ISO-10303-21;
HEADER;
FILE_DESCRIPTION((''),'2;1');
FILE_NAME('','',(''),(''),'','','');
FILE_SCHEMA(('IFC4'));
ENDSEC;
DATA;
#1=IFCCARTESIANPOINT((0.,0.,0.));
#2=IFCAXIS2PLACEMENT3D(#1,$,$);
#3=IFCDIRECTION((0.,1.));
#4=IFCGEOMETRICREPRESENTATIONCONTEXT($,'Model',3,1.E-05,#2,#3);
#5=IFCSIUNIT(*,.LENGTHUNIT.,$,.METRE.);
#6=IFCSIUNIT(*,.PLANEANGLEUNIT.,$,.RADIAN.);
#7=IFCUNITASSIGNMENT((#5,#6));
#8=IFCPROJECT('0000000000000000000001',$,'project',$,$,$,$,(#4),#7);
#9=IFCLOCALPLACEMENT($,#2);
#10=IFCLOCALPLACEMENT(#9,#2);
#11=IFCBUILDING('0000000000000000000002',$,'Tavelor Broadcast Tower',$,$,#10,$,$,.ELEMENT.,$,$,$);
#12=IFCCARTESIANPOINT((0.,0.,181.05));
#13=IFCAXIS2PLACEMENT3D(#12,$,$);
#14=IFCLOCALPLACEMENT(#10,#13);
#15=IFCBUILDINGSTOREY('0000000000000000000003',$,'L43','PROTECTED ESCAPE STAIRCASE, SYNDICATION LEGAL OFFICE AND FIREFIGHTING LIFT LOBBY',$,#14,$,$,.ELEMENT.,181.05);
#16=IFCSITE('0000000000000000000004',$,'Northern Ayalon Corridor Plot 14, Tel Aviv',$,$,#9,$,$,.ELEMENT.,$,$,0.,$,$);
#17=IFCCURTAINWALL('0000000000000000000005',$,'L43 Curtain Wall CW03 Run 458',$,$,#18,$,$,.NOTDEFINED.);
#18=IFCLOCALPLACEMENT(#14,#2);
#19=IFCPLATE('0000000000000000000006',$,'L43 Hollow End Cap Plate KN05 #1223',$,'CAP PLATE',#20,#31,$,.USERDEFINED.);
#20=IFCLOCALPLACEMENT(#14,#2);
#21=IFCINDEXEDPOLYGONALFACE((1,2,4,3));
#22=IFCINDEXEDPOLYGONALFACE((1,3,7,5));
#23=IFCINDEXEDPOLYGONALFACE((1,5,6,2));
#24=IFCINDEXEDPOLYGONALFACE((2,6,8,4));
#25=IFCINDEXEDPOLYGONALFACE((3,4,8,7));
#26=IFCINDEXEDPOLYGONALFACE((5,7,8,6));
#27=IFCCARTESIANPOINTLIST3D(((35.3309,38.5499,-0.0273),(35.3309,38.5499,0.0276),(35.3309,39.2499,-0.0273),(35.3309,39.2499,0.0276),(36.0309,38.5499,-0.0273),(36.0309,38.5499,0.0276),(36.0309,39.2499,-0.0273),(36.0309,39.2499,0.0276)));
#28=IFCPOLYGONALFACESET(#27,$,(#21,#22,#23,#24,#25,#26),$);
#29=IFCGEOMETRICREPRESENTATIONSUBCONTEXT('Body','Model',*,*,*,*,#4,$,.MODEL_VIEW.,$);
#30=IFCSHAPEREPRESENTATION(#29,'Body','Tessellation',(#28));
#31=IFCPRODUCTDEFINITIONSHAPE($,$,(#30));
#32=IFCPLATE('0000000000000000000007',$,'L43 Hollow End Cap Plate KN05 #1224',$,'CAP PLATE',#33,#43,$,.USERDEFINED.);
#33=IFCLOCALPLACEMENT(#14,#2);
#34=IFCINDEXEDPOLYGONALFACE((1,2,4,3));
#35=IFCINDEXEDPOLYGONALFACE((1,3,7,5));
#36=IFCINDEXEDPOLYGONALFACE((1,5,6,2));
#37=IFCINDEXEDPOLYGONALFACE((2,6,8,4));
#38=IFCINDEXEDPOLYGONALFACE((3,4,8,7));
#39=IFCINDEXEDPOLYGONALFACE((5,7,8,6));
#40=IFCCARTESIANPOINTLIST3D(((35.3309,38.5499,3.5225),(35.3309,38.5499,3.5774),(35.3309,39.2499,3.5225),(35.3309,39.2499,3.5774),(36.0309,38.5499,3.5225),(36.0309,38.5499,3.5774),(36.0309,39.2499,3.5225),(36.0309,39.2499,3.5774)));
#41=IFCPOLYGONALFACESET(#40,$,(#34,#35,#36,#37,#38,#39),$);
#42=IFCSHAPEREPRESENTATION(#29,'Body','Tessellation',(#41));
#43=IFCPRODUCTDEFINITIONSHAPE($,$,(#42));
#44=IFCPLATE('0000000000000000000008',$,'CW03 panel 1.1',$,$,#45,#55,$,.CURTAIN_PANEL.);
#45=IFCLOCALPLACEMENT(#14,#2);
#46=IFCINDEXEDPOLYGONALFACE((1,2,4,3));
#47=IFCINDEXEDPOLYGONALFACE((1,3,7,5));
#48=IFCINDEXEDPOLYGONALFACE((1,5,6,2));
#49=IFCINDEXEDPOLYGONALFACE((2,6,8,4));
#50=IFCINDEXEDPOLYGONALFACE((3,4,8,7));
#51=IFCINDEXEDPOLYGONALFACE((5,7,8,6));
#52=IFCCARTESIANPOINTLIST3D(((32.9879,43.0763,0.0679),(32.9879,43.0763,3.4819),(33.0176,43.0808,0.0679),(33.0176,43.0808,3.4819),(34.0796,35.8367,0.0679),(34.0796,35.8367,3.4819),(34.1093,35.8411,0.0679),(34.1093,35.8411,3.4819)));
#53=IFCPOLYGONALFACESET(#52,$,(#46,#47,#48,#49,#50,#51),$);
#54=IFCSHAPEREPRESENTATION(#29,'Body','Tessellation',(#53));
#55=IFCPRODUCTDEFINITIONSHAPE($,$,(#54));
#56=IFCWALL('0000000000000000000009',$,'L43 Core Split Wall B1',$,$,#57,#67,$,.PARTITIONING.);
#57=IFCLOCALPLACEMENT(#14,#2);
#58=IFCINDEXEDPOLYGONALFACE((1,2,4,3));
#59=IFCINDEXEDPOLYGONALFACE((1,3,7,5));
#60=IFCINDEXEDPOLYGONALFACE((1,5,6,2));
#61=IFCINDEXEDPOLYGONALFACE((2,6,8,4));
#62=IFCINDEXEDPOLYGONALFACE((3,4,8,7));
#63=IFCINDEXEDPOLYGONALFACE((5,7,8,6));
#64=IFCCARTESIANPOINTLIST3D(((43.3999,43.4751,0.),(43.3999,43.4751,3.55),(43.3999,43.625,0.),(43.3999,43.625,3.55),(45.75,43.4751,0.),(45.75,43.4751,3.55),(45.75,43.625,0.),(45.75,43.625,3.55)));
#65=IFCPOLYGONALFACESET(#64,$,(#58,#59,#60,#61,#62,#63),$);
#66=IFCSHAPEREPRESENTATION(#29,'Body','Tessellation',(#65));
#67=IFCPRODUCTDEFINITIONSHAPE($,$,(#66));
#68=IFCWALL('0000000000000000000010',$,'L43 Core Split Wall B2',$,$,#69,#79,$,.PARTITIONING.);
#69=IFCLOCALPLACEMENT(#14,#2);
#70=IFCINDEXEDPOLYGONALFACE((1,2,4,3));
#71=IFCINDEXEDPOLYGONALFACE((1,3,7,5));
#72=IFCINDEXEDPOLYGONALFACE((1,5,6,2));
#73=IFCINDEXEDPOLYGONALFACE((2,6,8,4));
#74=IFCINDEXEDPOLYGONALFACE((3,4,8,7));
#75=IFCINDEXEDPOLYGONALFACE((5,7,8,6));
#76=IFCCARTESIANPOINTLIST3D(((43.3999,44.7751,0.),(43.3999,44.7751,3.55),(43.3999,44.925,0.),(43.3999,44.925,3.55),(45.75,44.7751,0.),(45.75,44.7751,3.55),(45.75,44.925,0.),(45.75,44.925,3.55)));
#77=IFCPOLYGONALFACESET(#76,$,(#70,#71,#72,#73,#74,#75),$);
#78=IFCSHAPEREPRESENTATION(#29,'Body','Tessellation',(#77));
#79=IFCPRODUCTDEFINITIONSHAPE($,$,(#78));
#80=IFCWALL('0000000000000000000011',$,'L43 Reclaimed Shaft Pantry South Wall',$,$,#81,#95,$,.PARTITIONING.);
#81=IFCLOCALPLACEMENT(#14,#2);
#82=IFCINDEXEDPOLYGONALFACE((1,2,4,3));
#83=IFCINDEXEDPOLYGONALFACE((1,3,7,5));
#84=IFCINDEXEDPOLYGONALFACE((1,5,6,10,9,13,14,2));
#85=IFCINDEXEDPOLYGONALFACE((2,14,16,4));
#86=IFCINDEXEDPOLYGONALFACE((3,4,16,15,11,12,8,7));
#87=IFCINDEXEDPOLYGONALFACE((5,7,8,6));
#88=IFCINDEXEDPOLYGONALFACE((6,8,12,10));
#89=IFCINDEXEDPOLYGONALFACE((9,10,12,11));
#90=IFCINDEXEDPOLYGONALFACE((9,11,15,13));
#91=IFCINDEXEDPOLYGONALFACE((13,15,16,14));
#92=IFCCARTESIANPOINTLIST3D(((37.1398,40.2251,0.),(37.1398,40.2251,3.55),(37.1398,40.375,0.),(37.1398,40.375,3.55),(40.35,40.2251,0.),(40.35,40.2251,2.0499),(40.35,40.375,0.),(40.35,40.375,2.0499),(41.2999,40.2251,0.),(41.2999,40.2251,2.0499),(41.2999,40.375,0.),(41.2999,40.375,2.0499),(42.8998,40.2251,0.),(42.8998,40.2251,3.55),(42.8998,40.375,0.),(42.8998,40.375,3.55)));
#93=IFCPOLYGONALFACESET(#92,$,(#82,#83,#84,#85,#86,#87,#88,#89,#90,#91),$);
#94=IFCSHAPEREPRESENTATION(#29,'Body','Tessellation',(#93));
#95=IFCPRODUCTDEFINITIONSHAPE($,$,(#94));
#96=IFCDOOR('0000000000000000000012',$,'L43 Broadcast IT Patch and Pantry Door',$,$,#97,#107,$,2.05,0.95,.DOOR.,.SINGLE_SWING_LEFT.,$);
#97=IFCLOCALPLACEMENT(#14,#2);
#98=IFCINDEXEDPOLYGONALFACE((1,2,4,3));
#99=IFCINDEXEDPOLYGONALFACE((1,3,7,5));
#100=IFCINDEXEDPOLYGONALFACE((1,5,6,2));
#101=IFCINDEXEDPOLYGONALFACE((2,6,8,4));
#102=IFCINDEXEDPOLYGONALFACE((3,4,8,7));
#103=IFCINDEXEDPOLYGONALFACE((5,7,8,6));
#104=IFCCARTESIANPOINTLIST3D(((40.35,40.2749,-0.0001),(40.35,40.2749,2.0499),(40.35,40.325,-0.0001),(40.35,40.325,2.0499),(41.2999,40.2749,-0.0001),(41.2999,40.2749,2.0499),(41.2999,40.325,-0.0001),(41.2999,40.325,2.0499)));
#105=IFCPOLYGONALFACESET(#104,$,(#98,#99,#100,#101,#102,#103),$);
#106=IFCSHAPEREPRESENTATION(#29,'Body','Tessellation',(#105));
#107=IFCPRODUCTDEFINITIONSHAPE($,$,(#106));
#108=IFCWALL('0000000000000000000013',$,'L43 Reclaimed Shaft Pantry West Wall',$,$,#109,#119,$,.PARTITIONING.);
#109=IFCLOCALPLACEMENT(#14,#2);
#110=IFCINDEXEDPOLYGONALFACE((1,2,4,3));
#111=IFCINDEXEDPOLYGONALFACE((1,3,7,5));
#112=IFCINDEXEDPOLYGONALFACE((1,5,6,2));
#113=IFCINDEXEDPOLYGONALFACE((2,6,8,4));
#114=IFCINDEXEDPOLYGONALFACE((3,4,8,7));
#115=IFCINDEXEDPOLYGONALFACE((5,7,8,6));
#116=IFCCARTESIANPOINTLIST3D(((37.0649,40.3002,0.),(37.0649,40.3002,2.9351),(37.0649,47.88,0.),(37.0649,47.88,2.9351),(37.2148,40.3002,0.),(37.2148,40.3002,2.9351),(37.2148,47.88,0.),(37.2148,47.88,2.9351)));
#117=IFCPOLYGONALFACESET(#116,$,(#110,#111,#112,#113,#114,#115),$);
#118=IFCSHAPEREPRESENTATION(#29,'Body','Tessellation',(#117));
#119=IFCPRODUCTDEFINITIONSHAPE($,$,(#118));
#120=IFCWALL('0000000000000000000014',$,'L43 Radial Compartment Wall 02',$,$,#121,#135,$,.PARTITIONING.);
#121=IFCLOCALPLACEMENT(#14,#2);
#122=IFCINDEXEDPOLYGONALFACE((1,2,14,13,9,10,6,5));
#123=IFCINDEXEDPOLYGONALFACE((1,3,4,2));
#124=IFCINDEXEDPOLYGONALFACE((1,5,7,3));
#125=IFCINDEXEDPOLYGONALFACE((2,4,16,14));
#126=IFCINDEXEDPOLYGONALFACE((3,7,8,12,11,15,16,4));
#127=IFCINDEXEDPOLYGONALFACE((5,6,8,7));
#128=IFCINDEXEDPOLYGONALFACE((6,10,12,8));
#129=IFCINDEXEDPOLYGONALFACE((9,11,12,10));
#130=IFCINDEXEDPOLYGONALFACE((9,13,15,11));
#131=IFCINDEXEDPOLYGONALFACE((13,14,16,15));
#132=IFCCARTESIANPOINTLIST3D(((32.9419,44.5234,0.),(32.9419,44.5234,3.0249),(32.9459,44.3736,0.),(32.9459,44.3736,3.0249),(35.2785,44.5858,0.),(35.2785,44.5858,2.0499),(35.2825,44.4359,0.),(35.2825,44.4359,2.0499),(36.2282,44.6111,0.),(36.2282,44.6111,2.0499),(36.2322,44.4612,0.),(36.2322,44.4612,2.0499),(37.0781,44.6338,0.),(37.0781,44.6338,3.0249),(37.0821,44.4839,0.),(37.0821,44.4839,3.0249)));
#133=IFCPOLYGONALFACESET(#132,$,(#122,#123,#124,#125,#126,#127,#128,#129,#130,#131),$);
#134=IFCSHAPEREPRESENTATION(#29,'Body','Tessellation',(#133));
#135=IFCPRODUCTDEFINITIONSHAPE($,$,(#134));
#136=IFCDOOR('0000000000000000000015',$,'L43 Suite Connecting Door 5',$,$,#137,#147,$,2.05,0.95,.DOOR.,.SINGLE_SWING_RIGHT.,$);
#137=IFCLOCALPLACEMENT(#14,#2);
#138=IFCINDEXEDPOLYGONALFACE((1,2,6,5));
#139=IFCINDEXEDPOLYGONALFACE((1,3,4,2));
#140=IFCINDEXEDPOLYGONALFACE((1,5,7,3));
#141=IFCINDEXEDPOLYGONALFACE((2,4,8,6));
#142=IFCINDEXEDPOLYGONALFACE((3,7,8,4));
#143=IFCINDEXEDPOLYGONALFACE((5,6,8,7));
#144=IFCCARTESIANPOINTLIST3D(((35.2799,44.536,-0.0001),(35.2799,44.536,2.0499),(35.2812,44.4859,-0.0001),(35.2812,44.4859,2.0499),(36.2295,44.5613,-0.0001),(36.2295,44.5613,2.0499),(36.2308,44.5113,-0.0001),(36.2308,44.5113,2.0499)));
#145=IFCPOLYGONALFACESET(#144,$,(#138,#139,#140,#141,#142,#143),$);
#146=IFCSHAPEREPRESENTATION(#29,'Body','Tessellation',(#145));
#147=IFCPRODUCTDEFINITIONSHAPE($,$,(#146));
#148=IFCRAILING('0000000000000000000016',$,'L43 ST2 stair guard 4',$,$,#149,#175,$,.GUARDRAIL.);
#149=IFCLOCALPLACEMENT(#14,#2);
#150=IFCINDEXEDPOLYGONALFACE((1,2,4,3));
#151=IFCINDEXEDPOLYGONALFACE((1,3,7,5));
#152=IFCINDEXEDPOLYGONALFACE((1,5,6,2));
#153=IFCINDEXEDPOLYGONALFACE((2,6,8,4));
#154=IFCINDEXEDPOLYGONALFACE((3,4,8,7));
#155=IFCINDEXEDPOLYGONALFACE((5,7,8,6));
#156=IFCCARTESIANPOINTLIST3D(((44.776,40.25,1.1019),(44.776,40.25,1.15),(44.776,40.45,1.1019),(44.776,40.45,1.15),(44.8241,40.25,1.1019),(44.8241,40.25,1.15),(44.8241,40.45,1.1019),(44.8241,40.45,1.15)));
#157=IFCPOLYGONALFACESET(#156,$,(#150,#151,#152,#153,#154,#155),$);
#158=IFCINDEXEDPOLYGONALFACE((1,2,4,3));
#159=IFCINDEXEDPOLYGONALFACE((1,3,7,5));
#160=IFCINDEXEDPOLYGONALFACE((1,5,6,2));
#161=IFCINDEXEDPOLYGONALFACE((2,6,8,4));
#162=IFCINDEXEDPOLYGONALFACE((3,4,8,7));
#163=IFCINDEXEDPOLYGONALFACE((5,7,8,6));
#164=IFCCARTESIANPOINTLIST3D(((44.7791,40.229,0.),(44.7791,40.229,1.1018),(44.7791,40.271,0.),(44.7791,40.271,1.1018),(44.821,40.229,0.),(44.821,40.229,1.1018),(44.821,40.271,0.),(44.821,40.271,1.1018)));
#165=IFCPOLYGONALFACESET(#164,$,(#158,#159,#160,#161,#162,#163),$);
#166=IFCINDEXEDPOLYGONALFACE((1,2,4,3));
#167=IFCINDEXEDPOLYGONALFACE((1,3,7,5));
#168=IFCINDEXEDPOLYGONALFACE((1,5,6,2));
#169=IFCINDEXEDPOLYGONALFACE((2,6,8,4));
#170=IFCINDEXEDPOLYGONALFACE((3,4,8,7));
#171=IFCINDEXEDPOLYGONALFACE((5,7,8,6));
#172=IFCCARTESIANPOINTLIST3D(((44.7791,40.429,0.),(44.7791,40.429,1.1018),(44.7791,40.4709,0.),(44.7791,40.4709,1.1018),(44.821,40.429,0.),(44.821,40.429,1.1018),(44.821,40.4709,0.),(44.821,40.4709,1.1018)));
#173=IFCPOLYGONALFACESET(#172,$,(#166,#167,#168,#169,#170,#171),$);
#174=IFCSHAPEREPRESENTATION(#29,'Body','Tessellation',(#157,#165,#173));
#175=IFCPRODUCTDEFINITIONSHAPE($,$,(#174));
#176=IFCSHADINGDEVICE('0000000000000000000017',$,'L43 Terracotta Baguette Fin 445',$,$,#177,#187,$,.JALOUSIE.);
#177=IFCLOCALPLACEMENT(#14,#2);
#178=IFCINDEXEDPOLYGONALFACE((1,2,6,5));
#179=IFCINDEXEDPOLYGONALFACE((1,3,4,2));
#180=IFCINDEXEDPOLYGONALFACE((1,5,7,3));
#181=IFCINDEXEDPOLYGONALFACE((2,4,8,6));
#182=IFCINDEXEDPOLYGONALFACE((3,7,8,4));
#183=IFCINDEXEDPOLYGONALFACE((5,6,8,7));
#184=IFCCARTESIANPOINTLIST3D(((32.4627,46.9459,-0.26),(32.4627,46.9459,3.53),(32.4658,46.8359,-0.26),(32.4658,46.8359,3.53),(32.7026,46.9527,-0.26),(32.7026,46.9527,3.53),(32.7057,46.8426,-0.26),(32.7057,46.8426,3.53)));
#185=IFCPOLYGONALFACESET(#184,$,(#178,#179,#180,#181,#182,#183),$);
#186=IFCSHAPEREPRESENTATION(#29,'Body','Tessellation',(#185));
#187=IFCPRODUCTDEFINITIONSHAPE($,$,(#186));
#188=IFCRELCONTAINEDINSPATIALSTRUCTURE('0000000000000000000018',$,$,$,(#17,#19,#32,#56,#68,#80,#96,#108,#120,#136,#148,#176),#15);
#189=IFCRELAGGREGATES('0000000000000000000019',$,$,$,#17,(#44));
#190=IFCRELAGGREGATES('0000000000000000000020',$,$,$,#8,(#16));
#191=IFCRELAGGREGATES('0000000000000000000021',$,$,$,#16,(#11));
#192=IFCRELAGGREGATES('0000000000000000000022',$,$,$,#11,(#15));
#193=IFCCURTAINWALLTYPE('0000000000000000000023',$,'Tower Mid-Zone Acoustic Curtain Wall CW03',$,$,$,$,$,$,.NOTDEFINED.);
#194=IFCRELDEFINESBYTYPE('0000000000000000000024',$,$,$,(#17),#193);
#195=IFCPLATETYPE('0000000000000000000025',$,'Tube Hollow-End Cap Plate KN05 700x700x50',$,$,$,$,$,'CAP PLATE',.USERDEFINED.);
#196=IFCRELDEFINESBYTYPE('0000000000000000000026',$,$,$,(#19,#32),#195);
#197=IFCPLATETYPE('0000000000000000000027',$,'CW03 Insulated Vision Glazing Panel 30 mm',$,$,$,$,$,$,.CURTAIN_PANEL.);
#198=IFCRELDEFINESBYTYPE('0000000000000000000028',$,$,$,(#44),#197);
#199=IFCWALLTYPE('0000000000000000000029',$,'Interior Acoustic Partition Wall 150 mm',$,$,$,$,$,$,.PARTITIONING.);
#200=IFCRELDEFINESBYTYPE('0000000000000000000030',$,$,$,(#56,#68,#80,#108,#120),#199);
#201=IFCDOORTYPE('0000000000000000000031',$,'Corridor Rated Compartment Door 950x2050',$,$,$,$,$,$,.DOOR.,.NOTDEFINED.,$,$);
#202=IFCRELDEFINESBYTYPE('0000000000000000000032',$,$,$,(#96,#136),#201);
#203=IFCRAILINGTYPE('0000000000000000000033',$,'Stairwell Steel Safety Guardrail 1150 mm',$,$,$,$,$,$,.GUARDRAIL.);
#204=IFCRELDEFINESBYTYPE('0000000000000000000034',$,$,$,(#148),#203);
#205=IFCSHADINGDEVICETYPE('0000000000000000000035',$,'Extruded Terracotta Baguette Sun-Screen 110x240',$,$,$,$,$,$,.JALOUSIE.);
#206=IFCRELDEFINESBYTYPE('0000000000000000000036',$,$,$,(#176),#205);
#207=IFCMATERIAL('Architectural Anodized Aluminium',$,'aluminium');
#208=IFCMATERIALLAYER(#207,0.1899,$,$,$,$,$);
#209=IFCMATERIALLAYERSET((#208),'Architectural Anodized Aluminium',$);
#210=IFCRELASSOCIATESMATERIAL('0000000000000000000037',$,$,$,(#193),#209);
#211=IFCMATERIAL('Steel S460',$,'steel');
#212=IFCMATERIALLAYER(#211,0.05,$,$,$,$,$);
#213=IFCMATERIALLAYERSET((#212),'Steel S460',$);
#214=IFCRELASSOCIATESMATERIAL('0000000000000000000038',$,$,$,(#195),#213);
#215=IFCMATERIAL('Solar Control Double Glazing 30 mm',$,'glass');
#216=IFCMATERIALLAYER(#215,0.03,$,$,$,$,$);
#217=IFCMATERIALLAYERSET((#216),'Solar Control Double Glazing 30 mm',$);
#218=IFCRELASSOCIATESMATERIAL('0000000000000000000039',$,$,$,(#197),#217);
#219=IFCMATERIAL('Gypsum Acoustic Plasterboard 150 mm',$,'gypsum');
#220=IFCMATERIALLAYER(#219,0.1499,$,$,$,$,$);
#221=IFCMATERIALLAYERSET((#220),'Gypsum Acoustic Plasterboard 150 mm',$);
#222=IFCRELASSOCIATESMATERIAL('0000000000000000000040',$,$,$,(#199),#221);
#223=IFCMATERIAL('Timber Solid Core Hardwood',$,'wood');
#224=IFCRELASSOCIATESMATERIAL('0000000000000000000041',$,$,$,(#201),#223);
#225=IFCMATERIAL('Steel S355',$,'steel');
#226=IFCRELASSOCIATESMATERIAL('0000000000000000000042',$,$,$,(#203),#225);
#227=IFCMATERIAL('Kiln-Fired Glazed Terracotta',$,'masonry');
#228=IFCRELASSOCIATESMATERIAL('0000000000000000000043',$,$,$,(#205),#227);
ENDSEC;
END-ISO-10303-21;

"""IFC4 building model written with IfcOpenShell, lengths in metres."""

from ifc_helpers import new_model, si_unit, direction, frame, frame_2d, origin, origin_2d, place, context, subcontext, project, spatial, rectangle, extrude, source, transform, mapped, material, layer, layer_set, type_object, type_shapes, element, fill, aggregate, save


model = new_model("IFC4")

# Units and contexts
model_context = context("Model", 3, precision=1e-05, world=origin(), true_north=direction((0.0, 1.0)))
body_context = subcontext(model_context, "Body", "Model", "MODEL_VIEW")
ifc_project = project(units=[si_unit("LENGTHUNIT", "METRE"), si_unit("PLANEANGLEUNIT", "RADIAN")], contexts=[model_context])

# Site, building, storey
site_placement = place(None, origin())
site = spatial("IfcSite", under=ifc_project, at=site_placement, Name="Northern Ayalon Corridor Plot 14, Tel Aviv", CompositionType="ELEMENT", RefElevation=0.0)
building_placement = place(site_placement, origin())
building = spatial("IfcBuilding", under=site, at=building_placement, Name="Tavelor Broadcast Tower", CompositionType="ELEMENT")
storey_placement = place(building_placement, frame((0.0, 0.0, 181.05)))
storey = spatial("IfcBuildingStorey", under=building, at=storey_placement, Name="L43", Description="PROTECTED ESCAPE STAIRCASE, SYNDICATION LEGAL OFFICE AND FIREFIGHTING LIFT LOBBY", CompositionType="ELEMENT", Elevation=181.05)

# Shared definitions
ifc_material_1 = material(Name="Steel S460", Category="steel")

# Shared definitions
ifc_material_2 = material(Name="Steel S355", Category="steel")

# Shared definitions
ifc_material_3 = material(Name="Architectural Anodized Aluminium", Category="aluminium")
ifc_layer_1 = layer(ifc_material_3, 0.1899)
ifc_layer_set_1 = layer_set([ifc_layer_1], Name="Architectural Anodized Aluminium")
curtain_wall_type = type_object("IfcCurtainWallType", Name="Tower Mid-Zone Acoustic Curtain Wall CW03", PredefinedType="NOTDEFINED", material=ifc_layer_set_1)

# Curtain wall
curtain_wall_1_placement = place(storey_placement, origin())
curtain_wall_1 = element("IfcCurtainWall", 1, at=curtain_wall_1_placement, inside=storey, type_object=curtain_wall_type, Name="L43 Curtain Wall CW03 Run 458", PredefinedType="NOTDEFINED")

# Plates
ifc_layer_2 = layer(ifc_material_1, 0.05)
ifc_layer_set_2 = layer_set([ifc_layer_2], Name="Steel S460")
plate_type_1 = type_object("IfcPlateType", Name="Tube Hollow-End Cap Plate KN05 700x700x50", ElementType="CAP PLATE", PredefinedType="USERDEFINED", material=ifc_layer_set_2)
shared_shape_1 = source(origin(), body_context, "Body", "SweptSolid", [
    extrude(rectangle(XDim=0.7, YDim=0.7, at=origin_2d()), origin(), (0.0, 0.0, 1.0), 0.0549),
])
type_shapes(plate_type_1, [shared_shape_1])
for number, where, z_axis, x_axis, name in (
    (2, (35.6809, 38.8999, -0.0273), (0.0, 0.0, 1.0), (1.0, 0.0, 0.0), "L43 Hollow End Cap Plate KN05 #1223"),
    (3, (35.6809, 38.8999, 3.5225), (0.0, 0.0, 1.0), (1.0, 0.0, 0.0), "L43 Hollow End Cap Plate KN05 #1224"),
):
    element("IfcPlate", number, at=place(storey_placement, frame(where, z_axis=z_axis, x_axis=x_axis)), inside=storey, type_object=plate_type_1, Name=name, ObjectType="CAP PLATE", PredefinedType="USERDEFINED", context=body_context, shape_type="MappedRepresentation", body=[
        mapped(shared_shape_1, transform((0.0, 0.0, 0.0), scale=1.0)),
    ])

# Plate
ifc_material_4 = material(Name="Solar Control Double Glazing 30 mm", Category="glass")
ifc_layer_3 = layer(ifc_material_4, 0.03)
ifc_layer_set_3 = layer_set([ifc_layer_3], Name="Solar Control Double Glazing 30 mm")
plate_type_2 = type_object("IfcPlateType", Name="CW03 Insulated Vision Glazing Panel 30 mm", PredefinedType="CURTAIN_PANEL", material=ifc_layer_set_3)
shared_shape_2 = source(origin(), body_context, "Body", "SweptSolid", [
    extrude(rectangle(XDim=7.3215, YDim=0.03, at=origin_2d()), origin(), (0.0, 0.0, 1.0), 3.4141),
])
type_shapes(plate_type_2, [shared_shape_2])
plate_placement = place(storey_placement, frame((33.5486, 39.4587, 0.0679), z_axis=(0.0, 0.0, 1.0), x_axis=(0.149112, -0.98882, 0.0)))
plate = element("IfcPlate", 4, at=plate_placement, type_object=plate_type_2, Name="CW03 panel 1.1", PredefinedType="CURTAIN_PANEL", context=body_context, shape_type="MappedRepresentation", body=[
    mapped(shared_shape_2, transform((0.0, 0.0, 0.0), scale=1.0)),
])
aggregate(curtain_wall_1, [plate])

# Walls
ifc_material_5 = material(Name="Gypsum Acoustic Plasterboard 150 mm", Category="gypsum")
ifc_layer_4 = layer(ifc_material_5, 0.1499)
ifc_layer_set_4 = layer_set([ifc_layer_4], Name="Gypsum Acoustic Plasterboard 150 mm")
wall_type_1 = type_object("IfcWallType", Name="Interior Acoustic Partition Wall 150 mm", PredefinedType="PARTITIONING", material=ifc_layer_set_4)
for number, where, z_axis, x_axis, name in (
    (5, (43.3999, 43.55, 0.0), (0.0, 0.0, 1.0), (1.0, 0.0, 0.0), "L43 Core Split Wall B1"),
    (6, (43.3999, 44.8501, 0.0), (0.0, 0.0, 1.0), (1.0, 0.0, 0.0), "L43 Core Split Wall B2"),
):
    element("IfcWall", number, at=place(storey_placement, frame(where, z_axis=z_axis, x_axis=x_axis)), inside=storey, type_object=wall_type_1, Name=name, PredefinedType="PARTITIONING", context=body_context, shape_type="SweptSolid", body=[
        extrude(rectangle(XDim=2.3501, YDim=0.1499, at=frame_2d((1.175, 0.0))), origin(), (0.0, 0.0, 1.0), 3.55),
    ])

# Wall, opening, door
wall_1_placement = place(storey_placement, frame((37.1399, 40.3, 0.0), z_axis=(0.0, 0.0, 1.0), x_axis=(1.0, 0.0, 0.0)))
wall_1 = element("IfcWall", 7, at=wall_1_placement, inside=storey, type_object=wall_type_1, Name="L43 Reclaimed Shaft Pantry South Wall", PredefinedType="PARTITIONING", context=body_context, shape_type="SweptSolid", body=[
    extrude(rectangle(XDim=5.76, YDim=0.1499, at=frame_2d((2.8799, 0.0))), origin(), (0.0, 0.0, 1.0), 3.55),
])
opening_1_placement = place(wall_1_placement, frame((3.21, 0.0, 0.0)))
opening_1 = element("IfcOpeningElement", 8, at=opening_1_placement, cuts=wall_1, PredefinedType="OPENING", context=body_context, shape_type="SweptSolid", body=[
    extrude(rectangle(XDim=0.95, YDim=2.05, at=frame_2d((0.4751, 1.0249))), frame((0.0, 0.085, 0.0), z_axis=(0.0, -1.0, 0.0), x_axis=(1.0, 0.0, 0.0)), (0.0, 0.0, 1.0), 0.1699),
])
ifc_material_6 = material(Name="Timber Solid Core Hardwood", Category="wood")
door_type_1 = type_object("IfcDoorType", Name="Corridor Rated Compartment Door 950x2050", OperationType="NOTDEFINED", PredefinedType="DOOR", material=ifc_material_6)
door_1_placement = place(opening_1_placement, origin())
door_1 = element("IfcDoor", 9, at=door_1_placement, inside=storey, type_object=door_type_1, Name="L43 Broadcast IT Patch and Pantry Door", OperationType="SINGLE_SWING_LEFT", OverallHeight=2.05, OverallWidth=0.95, PredefinedType="DOOR", context=body_context, shape_type="SweptSolid", body=[
    extrude(rectangle(XDim=0.95, YDim=2.05, at=frame_2d((0.4751, 1.0249))), frame((0.0, 0.0249, 0.0), z_axis=(0.0, -1.0, 0.0), x_axis=(1.0, 0.0, 0.0)), (0.0, 0.0, 1.0), 0.05),
])
fill(opening_1, door_1)

# Wall
wall_2_placement = place(storey_placement, frame((37.1399, 40.3, 0.0), z_axis=(0.0, 0.0, 1.0), x_axis=(0.0, 1.0, 0.0)))
element("IfcWall", 10, at=wall_2_placement, inside=storey, type_object=wall_type_1, Name="L43 Reclaimed Shaft Pantry West Wall", PredefinedType="PARTITIONING", context=body_context, shape_type="SweptSolid", body=[
    extrude(rectangle(XDim=7.5798, YDim=0.1499, at=frame_2d((3.79, 0.0))), origin(), (0.0, 0.0, 1.0), 2.9351),
])

# Wall, opening, door
wall_3_placement = place(storey_placement, frame((37.0801, 44.5588, 0.0), z_axis=(0.0, 0.0, 1.0), x_axis=(-0.999644, -0.02667, 0.0)))
wall_3 = element("IfcWall", 11, at=wall_3_placement, inside=storey, type_object=wall_type_1, Name="L43 Radial Compartment Wall 02", PredefinedType="PARTITIONING", context=body_context, shape_type="SweptSolid", body=[
    extrude(rectangle(XDim=4.1377, YDim=0.1499, at=frame_2d((2.0688, 0.0))), origin(), (0.0, 0.0, 1.0), 3.0249),
])
opening_2_placement = place(wall_3_placement, frame((0.8501, 0.0, 0.0)))
opening_2 = element("IfcOpeningElement", 12, at=opening_2_placement, cuts=wall_3, PredefinedType="OPENING", context=body_context, shape_type="SweptSolid", body=[
    extrude(rectangle(XDim=0.95, YDim=2.05, at=frame_2d((0.4751, 1.0249))), frame((0.0, 0.085, 0.0), z_axis=(0.0, -1.0, 0.0), x_axis=(1.0, 0.0, 0.0)), (0.0, 0.0, 1.0), 0.1699),
])
door_2_placement = place(opening_2_placement, origin())
door_2 = element("IfcDoor", 13, at=door_2_placement, inside=storey, type_object=door_type_1, Name="L43 Suite Connecting Door 5", OperationType="SINGLE_SWING_RIGHT", OverallHeight=2.05, OverallWidth=0.95, PredefinedType="DOOR", context=body_context, shape_type="SweptSolid", body=[
    extrude(rectangle(XDim=0.95, YDim=2.05, at=frame_2d((0.4751, 1.0249))), frame((0.0, 0.0249, 0.0), z_axis=(0.0, -1.0, 0.0), x_axis=(1.0, 0.0, 0.0)), (0.0, 0.0, 1.0), 0.05),
])
fill(opening_2, door_2)

# Railing
railing_type = type_object("IfcRailingType", Name="Stairwell Steel Safety Guardrail 1150 mm", PredefinedType="GUARDRAIL", material=ifc_material_2)
railing_placement = place(storey_placement, frame((44.8, 40.25, 0.0)))
element("IfcRailing", 14, at=railing_placement, inside=storey, type_object=railing_type, Name="L43 ST2 stair guard 4", PredefinedType="GUARDRAIL", context=body_context, shape_type="SweptSolid", body=[
    extrude(rectangle(XDim=0.0481, YDim=0.0481, at=origin_2d()), frame((0.0, 0.0, 1.126), z_axis=(0.0, 1.0, 0.0), x_axis=(-1.0, 0.0, 0.0)), (0.0, 0.0, 1.0), 0.2),
    extrude(rectangle(XDim=0.042, YDim=0.042, at=origin_2d()), origin(), (0.0, 0.0, 1.0), 1.1018),
    extrude(rectangle(XDim=0.042, YDim=0.042, at=origin_2d()), frame((0.0, 0.2, 0.0)), (0.0, 0.0, 1.0), 1.1018),
])

# Shading device
ifc_material_7 = material(Name="Kiln-Fired Glazed Terracotta", Category="masonry")
shading_device_type = type_object("IfcShadingDeviceType", Name="Extruded Terracotta Baguette Sun-Screen 110x240", PredefinedType="JALOUSIE", material=ifc_material_7)
shared_shape_3 = source(origin(), body_context, "Body", "SweptSolid", [
    extrude(rectangle(XDim=0.1101, YDim=0.24, at=origin_2d()), origin(), (0.0, 0.0, 1.0), 3.79),
])
type_shapes(shading_device_type, [shared_shape_3])
for number, where, z_axis, x_axis, name in (
    (15, (32.5842, 46.8943, -0.26), (0.0, 0.0, 1.0), (0.028271, -0.9996, 0.0), "L43 Terracotta Baguette Fin 445"),
):
    element("IfcShadingDevice", number, at=place(storey_placement, frame(where, z_axis=z_axis, x_axis=x_axis)), inside=storey, type_object=shading_device_type, Name=name, PredefinedType="JALOUSIE", context=body_context, shape_type="MappedRepresentation", body=[
        mapped(shared_shape_3, transform((0.0, 0.0, 0.0), scale=1.0)),
    ])

save(model, "model.ifc")
